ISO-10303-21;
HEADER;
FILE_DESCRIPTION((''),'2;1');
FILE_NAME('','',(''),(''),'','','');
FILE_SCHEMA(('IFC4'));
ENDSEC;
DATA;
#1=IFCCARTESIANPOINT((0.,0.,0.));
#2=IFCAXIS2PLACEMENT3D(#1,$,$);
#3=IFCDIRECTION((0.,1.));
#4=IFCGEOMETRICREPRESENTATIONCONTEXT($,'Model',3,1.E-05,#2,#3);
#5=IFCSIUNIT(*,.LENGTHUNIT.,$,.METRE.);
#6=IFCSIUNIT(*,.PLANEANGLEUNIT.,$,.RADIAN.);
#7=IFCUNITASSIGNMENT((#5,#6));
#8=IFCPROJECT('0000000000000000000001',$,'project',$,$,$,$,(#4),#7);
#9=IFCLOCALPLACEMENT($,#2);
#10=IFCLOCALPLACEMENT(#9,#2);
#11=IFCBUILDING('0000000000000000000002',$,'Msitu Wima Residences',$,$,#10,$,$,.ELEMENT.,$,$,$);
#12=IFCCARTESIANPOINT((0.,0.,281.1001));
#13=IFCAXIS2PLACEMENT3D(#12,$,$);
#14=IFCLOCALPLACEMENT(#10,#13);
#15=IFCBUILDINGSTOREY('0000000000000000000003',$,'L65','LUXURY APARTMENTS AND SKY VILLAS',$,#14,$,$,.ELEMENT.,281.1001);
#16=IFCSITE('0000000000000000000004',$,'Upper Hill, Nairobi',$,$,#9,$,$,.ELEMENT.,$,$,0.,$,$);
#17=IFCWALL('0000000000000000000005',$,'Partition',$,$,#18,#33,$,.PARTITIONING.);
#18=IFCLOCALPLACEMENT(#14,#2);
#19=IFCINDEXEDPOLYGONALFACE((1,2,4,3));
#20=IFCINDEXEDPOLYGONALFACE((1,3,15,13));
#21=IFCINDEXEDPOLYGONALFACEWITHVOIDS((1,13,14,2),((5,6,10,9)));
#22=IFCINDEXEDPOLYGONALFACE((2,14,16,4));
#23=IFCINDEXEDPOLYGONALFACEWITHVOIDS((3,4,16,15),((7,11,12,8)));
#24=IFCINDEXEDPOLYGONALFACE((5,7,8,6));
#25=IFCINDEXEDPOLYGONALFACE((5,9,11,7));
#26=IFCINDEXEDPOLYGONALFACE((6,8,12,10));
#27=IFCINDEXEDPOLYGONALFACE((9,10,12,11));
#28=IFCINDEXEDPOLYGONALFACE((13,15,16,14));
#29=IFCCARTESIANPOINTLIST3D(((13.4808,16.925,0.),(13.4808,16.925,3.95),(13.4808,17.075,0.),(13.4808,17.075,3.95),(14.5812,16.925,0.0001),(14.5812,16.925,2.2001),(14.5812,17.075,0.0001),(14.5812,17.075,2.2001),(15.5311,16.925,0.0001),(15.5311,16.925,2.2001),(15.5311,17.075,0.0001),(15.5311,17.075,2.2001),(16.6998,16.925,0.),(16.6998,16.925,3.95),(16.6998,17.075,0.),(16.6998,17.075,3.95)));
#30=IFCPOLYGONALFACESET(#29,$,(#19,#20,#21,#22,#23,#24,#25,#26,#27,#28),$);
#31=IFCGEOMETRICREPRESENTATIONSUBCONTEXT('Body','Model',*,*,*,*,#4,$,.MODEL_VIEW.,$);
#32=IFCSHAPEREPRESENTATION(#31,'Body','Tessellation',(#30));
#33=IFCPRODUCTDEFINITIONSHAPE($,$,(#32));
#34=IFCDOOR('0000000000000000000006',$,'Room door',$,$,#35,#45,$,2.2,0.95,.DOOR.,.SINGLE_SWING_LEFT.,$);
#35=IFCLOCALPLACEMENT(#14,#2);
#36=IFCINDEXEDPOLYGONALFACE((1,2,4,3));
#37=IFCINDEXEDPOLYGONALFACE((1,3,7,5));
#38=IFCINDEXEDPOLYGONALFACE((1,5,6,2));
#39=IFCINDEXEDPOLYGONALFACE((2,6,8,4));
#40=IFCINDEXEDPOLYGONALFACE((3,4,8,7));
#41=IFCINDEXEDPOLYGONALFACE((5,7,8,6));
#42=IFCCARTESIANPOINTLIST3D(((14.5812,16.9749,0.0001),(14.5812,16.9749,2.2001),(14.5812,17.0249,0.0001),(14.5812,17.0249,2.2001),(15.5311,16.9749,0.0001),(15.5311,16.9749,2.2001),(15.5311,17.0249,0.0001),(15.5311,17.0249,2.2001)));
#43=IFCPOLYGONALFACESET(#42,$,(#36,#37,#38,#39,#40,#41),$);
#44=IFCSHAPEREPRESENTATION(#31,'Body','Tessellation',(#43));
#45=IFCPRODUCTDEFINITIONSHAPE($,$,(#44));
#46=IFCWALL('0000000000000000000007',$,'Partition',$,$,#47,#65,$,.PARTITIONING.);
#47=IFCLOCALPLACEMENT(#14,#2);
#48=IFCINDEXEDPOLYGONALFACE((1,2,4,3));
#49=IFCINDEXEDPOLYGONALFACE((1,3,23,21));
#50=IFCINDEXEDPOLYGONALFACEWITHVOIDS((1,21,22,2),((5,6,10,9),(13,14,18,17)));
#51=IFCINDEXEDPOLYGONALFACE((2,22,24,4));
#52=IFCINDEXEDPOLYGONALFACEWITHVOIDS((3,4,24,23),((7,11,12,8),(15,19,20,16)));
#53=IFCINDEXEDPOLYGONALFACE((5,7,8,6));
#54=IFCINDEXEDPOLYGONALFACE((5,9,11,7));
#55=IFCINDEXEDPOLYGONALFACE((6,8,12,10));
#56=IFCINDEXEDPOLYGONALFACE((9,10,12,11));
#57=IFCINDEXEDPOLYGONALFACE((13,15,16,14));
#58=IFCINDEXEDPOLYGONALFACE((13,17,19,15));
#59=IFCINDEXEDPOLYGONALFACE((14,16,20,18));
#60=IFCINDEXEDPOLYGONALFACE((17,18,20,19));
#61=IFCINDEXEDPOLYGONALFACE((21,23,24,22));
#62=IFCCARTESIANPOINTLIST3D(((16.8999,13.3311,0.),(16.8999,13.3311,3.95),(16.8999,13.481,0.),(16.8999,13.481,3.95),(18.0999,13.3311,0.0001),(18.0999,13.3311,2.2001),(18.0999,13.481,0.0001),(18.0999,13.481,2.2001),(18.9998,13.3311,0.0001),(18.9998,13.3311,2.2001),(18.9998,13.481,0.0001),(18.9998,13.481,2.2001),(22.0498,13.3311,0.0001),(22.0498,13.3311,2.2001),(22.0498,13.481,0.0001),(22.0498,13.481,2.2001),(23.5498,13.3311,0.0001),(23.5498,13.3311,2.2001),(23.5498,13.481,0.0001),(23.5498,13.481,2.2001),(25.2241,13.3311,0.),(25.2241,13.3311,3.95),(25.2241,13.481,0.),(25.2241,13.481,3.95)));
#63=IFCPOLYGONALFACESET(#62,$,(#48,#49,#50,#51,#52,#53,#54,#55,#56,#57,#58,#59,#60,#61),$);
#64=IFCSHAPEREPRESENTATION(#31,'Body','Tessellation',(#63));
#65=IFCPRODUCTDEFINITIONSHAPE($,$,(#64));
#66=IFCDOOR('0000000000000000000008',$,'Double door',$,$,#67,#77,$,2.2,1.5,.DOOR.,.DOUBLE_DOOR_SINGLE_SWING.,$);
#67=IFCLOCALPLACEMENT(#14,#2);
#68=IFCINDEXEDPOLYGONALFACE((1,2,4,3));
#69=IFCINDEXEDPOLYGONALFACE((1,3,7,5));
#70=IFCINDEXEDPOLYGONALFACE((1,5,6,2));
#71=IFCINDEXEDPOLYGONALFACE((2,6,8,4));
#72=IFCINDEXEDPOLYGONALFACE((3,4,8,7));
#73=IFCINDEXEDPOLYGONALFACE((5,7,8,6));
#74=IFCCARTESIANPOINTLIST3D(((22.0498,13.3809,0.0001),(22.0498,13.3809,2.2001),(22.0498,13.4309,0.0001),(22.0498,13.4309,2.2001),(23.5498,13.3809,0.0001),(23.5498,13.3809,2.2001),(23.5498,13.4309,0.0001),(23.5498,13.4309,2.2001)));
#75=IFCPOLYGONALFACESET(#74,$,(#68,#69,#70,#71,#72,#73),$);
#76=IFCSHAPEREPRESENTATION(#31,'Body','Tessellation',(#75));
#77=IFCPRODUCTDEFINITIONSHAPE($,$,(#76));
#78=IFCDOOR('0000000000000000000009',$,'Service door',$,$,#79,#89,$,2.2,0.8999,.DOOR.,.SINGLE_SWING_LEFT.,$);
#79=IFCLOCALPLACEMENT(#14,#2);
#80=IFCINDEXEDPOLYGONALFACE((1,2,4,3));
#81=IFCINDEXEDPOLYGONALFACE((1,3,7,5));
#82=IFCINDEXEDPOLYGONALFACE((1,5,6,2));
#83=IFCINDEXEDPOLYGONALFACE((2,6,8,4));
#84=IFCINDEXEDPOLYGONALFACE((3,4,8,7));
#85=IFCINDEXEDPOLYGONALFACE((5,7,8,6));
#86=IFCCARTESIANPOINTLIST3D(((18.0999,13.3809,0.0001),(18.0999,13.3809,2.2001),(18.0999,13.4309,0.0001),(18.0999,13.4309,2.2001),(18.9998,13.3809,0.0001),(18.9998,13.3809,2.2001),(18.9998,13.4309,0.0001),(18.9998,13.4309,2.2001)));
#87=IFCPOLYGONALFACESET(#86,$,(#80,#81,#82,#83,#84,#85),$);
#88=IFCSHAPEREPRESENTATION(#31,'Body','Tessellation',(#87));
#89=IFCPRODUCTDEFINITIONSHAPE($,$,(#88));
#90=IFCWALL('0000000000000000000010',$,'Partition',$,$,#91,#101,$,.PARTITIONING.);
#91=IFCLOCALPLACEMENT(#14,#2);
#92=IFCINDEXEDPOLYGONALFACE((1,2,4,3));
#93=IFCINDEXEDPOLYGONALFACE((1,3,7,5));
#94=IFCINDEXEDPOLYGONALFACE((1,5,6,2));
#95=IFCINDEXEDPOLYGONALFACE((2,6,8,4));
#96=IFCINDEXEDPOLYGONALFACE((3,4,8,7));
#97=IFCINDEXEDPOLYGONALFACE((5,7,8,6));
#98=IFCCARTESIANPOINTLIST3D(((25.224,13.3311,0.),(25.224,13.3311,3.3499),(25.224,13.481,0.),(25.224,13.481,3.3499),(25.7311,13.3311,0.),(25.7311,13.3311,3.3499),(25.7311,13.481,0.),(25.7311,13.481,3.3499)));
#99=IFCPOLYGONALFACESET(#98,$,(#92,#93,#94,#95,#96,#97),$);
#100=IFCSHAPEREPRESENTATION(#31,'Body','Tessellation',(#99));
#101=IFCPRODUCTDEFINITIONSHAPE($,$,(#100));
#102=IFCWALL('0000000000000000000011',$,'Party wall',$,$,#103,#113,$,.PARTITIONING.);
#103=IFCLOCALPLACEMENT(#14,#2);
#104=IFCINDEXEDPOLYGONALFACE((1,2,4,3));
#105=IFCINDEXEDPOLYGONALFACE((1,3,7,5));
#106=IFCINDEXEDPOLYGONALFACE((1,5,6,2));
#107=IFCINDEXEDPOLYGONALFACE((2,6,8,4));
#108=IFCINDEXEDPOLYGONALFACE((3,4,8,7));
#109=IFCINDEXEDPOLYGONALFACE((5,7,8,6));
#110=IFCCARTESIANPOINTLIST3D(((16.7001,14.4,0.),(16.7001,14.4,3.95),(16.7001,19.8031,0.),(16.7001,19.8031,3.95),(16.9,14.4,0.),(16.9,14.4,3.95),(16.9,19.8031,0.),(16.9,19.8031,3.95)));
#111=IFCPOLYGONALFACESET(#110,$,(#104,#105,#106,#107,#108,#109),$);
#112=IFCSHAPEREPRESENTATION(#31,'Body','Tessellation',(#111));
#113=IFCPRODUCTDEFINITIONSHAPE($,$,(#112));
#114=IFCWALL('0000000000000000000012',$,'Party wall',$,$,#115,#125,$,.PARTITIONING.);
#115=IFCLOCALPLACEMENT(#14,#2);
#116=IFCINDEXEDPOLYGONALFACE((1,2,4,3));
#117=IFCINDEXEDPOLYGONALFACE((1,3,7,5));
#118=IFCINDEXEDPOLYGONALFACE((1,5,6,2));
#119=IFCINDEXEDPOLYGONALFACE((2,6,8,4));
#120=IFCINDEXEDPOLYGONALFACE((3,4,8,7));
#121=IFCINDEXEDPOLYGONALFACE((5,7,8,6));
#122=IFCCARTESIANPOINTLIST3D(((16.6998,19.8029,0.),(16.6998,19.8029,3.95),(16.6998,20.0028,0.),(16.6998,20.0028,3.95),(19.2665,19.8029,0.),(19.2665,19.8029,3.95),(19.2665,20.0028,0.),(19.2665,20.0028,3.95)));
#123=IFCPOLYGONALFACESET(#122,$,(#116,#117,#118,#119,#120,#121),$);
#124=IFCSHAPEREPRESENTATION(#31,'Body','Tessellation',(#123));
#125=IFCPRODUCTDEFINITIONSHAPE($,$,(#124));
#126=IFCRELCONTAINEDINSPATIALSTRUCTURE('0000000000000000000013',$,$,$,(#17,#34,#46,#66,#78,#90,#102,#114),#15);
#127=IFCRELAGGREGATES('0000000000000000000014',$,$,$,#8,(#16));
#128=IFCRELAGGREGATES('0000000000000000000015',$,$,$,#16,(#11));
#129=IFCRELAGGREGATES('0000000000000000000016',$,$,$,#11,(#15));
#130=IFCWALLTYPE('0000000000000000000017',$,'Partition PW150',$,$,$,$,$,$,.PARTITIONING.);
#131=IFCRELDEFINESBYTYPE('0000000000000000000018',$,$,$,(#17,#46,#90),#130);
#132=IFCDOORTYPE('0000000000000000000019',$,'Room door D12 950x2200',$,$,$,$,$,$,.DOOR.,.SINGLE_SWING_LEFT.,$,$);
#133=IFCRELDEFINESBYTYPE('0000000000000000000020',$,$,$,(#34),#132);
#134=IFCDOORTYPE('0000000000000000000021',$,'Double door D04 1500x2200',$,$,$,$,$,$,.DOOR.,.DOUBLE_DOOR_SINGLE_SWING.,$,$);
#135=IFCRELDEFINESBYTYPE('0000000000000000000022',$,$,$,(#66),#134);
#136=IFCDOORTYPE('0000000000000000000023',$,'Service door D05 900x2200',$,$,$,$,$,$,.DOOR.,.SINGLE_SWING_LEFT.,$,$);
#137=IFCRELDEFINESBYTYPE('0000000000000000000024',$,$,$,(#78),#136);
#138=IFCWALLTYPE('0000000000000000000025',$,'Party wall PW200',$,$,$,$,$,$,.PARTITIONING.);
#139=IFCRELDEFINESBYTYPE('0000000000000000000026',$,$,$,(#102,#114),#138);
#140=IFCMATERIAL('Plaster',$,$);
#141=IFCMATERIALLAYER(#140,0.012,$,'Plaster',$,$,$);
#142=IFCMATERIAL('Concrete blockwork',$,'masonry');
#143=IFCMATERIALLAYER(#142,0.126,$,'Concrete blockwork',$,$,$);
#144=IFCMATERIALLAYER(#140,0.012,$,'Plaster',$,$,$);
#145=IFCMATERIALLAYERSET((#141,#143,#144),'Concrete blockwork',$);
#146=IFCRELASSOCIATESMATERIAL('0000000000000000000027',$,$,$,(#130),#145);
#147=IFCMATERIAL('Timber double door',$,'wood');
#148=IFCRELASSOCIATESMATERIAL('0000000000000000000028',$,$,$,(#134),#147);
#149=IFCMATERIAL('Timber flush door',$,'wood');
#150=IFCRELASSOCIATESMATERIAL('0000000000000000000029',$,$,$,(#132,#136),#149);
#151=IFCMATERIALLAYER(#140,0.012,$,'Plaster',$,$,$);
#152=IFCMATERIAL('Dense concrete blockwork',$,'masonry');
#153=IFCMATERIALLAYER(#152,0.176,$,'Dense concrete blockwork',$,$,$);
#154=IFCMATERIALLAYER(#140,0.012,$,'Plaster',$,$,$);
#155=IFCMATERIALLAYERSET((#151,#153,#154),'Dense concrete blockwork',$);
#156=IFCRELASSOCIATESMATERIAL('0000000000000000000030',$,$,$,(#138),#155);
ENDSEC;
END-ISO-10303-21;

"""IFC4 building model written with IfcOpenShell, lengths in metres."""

from ifc_helpers import new_model, si_unit, direction, frame, frame_2d, origin, place, context, subcontext, project, spatial, rectangle, extrude, material, layer, layer_set, type_object, element, fill, save


model = new_model("IFC4")

# Units and contexts
model_context = context("Model", 3, precision=1e-05, world=origin(), true_north=direction((0.0, 1.0)))
body_context = subcontext(model_context, "Body", "Model", "MODEL_VIEW")
ifc_project = project(units=[si_unit("LENGTHUNIT", "METRE"), si_unit("PLANEANGLEUNIT", "RADIAN")], contexts=[model_context])

# Site, building, storey
site_placement = place(None, origin())
site = spatial("IfcSite", under=ifc_project, at=site_placement, Name="Upper Hill, Nairobi", CompositionType="ELEMENT", RefElevation=0.0)
building_placement = place(site_placement, origin())
building = spatial("IfcBuilding", under=site, at=building_placement, Name="Msitu Wima Residences", CompositionType="ELEMENT")
storey_placement = place(building_placement, frame((0.0, 0.0, 281.1001)))
storey = spatial("IfcBuildingStorey", under=building, at=storey_placement, Name="L65", Description="LUXURY APARTMENTS AND SKY VILLAS", CompositionType="ELEMENT", Elevation=281.1001)

# Shared definitions
ifc_material_1 = material(Name="Plaster")
ifc_material_2 = material(Name="Concrete blockwork", Category="masonry")

# Wall, opening, door
ifc_layer_1 = layer(ifc_material_1, 0.012, Name="Plaster")
ifc_layer_2 = layer(ifc_material_2, 0.126, Name="Concrete blockwork")
ifc_layer_3 = layer(ifc_material_1, 0.012, Name="Plaster")
ifc_layer_set_1 = layer_set([ifc_layer_1, ifc_layer_2, ifc_layer_3], Name="Concrete blockwork")
wall_type_1 = type_object("IfcWallType", Name="Partition PW150", PredefinedType="PARTITIONING", material=ifc_layer_set_1)
ifc_material_3 = material(Name="Timber double door", Category="wood")
door_type_1 = type_object("IfcDoorType", Name="Double door D04 1500x2200", OperationType="DOUBLE_DOOR_SINGLE_SWING", PredefinedType="DOOR", material=ifc_material_3)
wall_1_placement = place(storey_placement, frame((13.481, 17.0, 0.0), z_axis=(0.0, 0.0, 1.0), x_axis=(1.0, 0.0, 0.0)))
wall_1 = element("IfcWall", 1, at=wall_1_placement, inside=storey, type_object=wall_type_1, Name="Partition", PredefinedType="PARTITIONING", context=body_context, shape_type="SweptSolid", body=[
    extrude(rectangle(XDim=3.219, YDim=0.1499, at=frame_2d((1.6094, 0.0))), origin(), (0.0, 0.0, 1.0), 3.95),
])
opening_1_placement = place(wall_1_placement, frame((1.1001, 0.0, 0.0)))
opening_1 = element("IfcOpeningElement", 2, at=opening_1_placement, cuts=wall_1, PredefinedType="OPENING", context=body_context, shape_type="SweptSolid", body=[
    extrude(rectangle(XDim=0.95, YDim=2.2, at=frame_2d((0.4751, 1.1001))), frame((0.0, 0.085, 0.0), z_axis=(0.0, -1.0, 0.0), x_axis=(1.0, 0.0, 0.0)), (0.0, 0.0, 1.0), 0.1699),
])
ifc_material_4 = material(Name="Timber flush door", Category="wood")
door_type_2 = type_object("IfcDoorType", Name="Room door D12 950x2200", OperationType="SINGLE_SWING_LEFT", PredefinedType="DOOR", material=ifc_material_4)
door_1_placement = place(opening_1_placement, origin())
door_1 = element("IfcDoor", 3, at=door_1_placement, inside=storey, type_object=door_type_2, Name="Room door", OperationType="SINGLE_SWING_LEFT", OverallHeight=2.2, OverallWidth=0.95, PredefinedType="DOOR", context=body_context, shape_type="SweptSolid", body=[
    extrude(rectangle(XDim=0.95, YDim=2.2, at=frame_2d((0.4751, 1.1001))), frame((0.0, 0.0249, 0.0), z_axis=(0.0, -1.0, 0.0), x_axis=(1.0, 0.0, 0.0)), (0.0, 0.0, 1.0), 0.05),
])
fill(opening_1, door_1)

# Wall, openings, doors
wall_2_placement = place(storey_placement, frame((16.8999, 13.406, 0.0), z_axis=(0.0, 0.0, 1.0), x_axis=(1.0, 0.0, 0.0)))
wall_2 = element("IfcWall", 4, at=wall_2_placement, inside=storey, type_object=wall_type_1, Name="Partition", PredefinedType="PARTITIONING", context=body_context, shape_type="SweptSolid", body=[
    extrude(rectangle(XDim=8.3242, YDim=0.1499, at=frame_2d((4.1621, 0.0))), origin(), (0.0, 0.0, 1.0), 3.95),
])
opening_2_placement = place(wall_2_placement, frame((5.1499, 0.0, 0.0)))
opening_2 = element("IfcOpeningElement", 5, at=opening_2_placement, cuts=wall_2, PredefinedType="OPENING", context=body_context, shape_type="SweptSolid", body=[
    extrude(rectangle(XDim=1.5, YDim=2.2, at=frame_2d((0.75, 1.1001))), frame((0.0, 0.085, 0.0), z_axis=(0.0, -1.0, 0.0), x_axis=(1.0, 0.0, 0.0)), (0.0, 0.0, 1.0), 0.1699),
])
opening_3_placement = place(wall_2_placement, frame((1.2, 0.0, 0.0)))
opening_3 = element("IfcOpeningElement", 6, at=opening_3_placement, cuts=wall_2, PredefinedType="OPENING", context=body_context, shape_type="SweptSolid", body=[
    extrude(rectangle(XDim=0.8999, YDim=2.2, at=frame_2d((0.45, 1.1001))), frame((0.0, 0.085, 0.0), z_axis=(0.0, -1.0, 0.0), x_axis=(1.0, 0.0, 0.0)), (0.0, 0.0, 1.0), 0.1699),
])
door_2_placement = place(opening_2_placement, origin())
door_2 = element("IfcDoor", 7, at=door_2_placement, inside=storey, type_object=door_type_1, Name="Double door", OperationType="DOUBLE_DOOR_SINGLE_SWING", OverallHeight=2.2, OverallWidth=1.5, PredefinedType="DOOR", context=body_context, shape_type="SweptSolid", body=[
    extrude(rectangle(XDim=1.5, YDim=2.2, at=frame_2d((0.75, 1.1001))), frame((0.0, 0.0249, 0.0), z_axis=(0.0, -1.0, 0.0), x_axis=(1.0, 0.0, 0.0)), (0.0, 0.0, 1.0), 0.05),
])
fill(opening_2, door_2)
door_type_3 = type_object("IfcDoorType", Name="Service door D05 900x2200", OperationType="SINGLE_SWING_LEFT", PredefinedType="DOOR", material=ifc_material_4)
door_3_placement = place(opening_3_placement, origin())
door_3 = element("IfcDoor", 8, at=door_3_placement, inside=storey, type_object=door_type_3, Name="Service door", OperationType="SINGLE_SWING_LEFT", OverallHeight=2.2, OverallWidth=0.8999, PredefinedType="DOOR", context=body_context, shape_type="SweptSolid", body=[
    extrude(rectangle(XDim=0.8999, YDim=2.2, at=frame_2d((0.45, 1.1001))), frame((0.0, 0.0249, 0.0), z_axis=(0.0, -1.0, 0.0), x_axis=(1.0, 0.0, 0.0)), (0.0, 0.0, 1.0), 0.05),
])
fill(opening_3, door_3)

# Walls
wall_3_placement = place(storey_placement, frame((25.2241, 13.406, 0.0), z_axis=(0.0, 0.0, 1.0), x_axis=(1.0, 0.0, 0.0)))
element("IfcWall", 9, at=wall_3_placement, inside=storey, type_object=wall_type_1, Name="Partition", PredefinedType="PARTITIONING", context=body_context, shape_type="SweptSolid", body=[
    extrude(rectangle(XDim=0.5071, YDim=0.1499, at=frame_2d((0.2534, 0.0))), origin(), (0.0, 0.0, 1.0), 3.3499),
])
ifc_layer_4 = layer(ifc_material_1, 0.012, Name="Plaster")
ifc_material_5 = material(Name="Dense concrete blockwork", Category="masonry")
ifc_layer_5 = layer(ifc_material_5, 0.176, Name="Dense concrete blockwork")
ifc_layer_6 = layer(ifc_material_1, 0.012, Name="Plaster")
ifc_layer_set_2 = layer_set([ifc_layer_4, ifc_layer_5, ifc_layer_6], Name="Dense concrete blockwork")
wall_type_2 = type_object("IfcWallType", Name="Party wall PW200", PredefinedType="PARTITIONING", material=ifc_layer_set_2)
wall_4_placement = place(storey_placement, frame((16.8, 14.3999, 0.0), z_axis=(0.0, 0.0, 1.0), x_axis=(0.0, 1.0, 0.0)))
element("IfcWall", 10, at=wall_4_placement, inside=storey, type_object=wall_type_2, Name="Party wall", PredefinedType="PARTITIONING", context=body_context, shape_type="SweptSolid", body=[
    extrude(rectangle(XDim=5.4031, YDim=0.2, at=frame_2d((2.7017, 0.0))), origin(), (0.0, 0.0, 1.0), 3.95),
])
wall_5_placement = place(storey_placement, frame((16.7, 19.9028, 0.0), z_axis=(0.0, 0.0, 1.0), x_axis=(1.0, 0.0, 0.0)))
element("IfcWall", 11, at=wall_5_placement, inside=storey, type_object=wall_type_2, Name="Party wall", PredefinedType="PARTITIONING", context=body_context, shape_type="SweptSolid", body=[
    extrude(rectangle(XDim=2.5667, YDim=0.2, at=frame_2d((1.2832, 0.0))), origin(), (0.0, 0.0, 1.0), 3.95),
])

save(model, "model.ifc")
